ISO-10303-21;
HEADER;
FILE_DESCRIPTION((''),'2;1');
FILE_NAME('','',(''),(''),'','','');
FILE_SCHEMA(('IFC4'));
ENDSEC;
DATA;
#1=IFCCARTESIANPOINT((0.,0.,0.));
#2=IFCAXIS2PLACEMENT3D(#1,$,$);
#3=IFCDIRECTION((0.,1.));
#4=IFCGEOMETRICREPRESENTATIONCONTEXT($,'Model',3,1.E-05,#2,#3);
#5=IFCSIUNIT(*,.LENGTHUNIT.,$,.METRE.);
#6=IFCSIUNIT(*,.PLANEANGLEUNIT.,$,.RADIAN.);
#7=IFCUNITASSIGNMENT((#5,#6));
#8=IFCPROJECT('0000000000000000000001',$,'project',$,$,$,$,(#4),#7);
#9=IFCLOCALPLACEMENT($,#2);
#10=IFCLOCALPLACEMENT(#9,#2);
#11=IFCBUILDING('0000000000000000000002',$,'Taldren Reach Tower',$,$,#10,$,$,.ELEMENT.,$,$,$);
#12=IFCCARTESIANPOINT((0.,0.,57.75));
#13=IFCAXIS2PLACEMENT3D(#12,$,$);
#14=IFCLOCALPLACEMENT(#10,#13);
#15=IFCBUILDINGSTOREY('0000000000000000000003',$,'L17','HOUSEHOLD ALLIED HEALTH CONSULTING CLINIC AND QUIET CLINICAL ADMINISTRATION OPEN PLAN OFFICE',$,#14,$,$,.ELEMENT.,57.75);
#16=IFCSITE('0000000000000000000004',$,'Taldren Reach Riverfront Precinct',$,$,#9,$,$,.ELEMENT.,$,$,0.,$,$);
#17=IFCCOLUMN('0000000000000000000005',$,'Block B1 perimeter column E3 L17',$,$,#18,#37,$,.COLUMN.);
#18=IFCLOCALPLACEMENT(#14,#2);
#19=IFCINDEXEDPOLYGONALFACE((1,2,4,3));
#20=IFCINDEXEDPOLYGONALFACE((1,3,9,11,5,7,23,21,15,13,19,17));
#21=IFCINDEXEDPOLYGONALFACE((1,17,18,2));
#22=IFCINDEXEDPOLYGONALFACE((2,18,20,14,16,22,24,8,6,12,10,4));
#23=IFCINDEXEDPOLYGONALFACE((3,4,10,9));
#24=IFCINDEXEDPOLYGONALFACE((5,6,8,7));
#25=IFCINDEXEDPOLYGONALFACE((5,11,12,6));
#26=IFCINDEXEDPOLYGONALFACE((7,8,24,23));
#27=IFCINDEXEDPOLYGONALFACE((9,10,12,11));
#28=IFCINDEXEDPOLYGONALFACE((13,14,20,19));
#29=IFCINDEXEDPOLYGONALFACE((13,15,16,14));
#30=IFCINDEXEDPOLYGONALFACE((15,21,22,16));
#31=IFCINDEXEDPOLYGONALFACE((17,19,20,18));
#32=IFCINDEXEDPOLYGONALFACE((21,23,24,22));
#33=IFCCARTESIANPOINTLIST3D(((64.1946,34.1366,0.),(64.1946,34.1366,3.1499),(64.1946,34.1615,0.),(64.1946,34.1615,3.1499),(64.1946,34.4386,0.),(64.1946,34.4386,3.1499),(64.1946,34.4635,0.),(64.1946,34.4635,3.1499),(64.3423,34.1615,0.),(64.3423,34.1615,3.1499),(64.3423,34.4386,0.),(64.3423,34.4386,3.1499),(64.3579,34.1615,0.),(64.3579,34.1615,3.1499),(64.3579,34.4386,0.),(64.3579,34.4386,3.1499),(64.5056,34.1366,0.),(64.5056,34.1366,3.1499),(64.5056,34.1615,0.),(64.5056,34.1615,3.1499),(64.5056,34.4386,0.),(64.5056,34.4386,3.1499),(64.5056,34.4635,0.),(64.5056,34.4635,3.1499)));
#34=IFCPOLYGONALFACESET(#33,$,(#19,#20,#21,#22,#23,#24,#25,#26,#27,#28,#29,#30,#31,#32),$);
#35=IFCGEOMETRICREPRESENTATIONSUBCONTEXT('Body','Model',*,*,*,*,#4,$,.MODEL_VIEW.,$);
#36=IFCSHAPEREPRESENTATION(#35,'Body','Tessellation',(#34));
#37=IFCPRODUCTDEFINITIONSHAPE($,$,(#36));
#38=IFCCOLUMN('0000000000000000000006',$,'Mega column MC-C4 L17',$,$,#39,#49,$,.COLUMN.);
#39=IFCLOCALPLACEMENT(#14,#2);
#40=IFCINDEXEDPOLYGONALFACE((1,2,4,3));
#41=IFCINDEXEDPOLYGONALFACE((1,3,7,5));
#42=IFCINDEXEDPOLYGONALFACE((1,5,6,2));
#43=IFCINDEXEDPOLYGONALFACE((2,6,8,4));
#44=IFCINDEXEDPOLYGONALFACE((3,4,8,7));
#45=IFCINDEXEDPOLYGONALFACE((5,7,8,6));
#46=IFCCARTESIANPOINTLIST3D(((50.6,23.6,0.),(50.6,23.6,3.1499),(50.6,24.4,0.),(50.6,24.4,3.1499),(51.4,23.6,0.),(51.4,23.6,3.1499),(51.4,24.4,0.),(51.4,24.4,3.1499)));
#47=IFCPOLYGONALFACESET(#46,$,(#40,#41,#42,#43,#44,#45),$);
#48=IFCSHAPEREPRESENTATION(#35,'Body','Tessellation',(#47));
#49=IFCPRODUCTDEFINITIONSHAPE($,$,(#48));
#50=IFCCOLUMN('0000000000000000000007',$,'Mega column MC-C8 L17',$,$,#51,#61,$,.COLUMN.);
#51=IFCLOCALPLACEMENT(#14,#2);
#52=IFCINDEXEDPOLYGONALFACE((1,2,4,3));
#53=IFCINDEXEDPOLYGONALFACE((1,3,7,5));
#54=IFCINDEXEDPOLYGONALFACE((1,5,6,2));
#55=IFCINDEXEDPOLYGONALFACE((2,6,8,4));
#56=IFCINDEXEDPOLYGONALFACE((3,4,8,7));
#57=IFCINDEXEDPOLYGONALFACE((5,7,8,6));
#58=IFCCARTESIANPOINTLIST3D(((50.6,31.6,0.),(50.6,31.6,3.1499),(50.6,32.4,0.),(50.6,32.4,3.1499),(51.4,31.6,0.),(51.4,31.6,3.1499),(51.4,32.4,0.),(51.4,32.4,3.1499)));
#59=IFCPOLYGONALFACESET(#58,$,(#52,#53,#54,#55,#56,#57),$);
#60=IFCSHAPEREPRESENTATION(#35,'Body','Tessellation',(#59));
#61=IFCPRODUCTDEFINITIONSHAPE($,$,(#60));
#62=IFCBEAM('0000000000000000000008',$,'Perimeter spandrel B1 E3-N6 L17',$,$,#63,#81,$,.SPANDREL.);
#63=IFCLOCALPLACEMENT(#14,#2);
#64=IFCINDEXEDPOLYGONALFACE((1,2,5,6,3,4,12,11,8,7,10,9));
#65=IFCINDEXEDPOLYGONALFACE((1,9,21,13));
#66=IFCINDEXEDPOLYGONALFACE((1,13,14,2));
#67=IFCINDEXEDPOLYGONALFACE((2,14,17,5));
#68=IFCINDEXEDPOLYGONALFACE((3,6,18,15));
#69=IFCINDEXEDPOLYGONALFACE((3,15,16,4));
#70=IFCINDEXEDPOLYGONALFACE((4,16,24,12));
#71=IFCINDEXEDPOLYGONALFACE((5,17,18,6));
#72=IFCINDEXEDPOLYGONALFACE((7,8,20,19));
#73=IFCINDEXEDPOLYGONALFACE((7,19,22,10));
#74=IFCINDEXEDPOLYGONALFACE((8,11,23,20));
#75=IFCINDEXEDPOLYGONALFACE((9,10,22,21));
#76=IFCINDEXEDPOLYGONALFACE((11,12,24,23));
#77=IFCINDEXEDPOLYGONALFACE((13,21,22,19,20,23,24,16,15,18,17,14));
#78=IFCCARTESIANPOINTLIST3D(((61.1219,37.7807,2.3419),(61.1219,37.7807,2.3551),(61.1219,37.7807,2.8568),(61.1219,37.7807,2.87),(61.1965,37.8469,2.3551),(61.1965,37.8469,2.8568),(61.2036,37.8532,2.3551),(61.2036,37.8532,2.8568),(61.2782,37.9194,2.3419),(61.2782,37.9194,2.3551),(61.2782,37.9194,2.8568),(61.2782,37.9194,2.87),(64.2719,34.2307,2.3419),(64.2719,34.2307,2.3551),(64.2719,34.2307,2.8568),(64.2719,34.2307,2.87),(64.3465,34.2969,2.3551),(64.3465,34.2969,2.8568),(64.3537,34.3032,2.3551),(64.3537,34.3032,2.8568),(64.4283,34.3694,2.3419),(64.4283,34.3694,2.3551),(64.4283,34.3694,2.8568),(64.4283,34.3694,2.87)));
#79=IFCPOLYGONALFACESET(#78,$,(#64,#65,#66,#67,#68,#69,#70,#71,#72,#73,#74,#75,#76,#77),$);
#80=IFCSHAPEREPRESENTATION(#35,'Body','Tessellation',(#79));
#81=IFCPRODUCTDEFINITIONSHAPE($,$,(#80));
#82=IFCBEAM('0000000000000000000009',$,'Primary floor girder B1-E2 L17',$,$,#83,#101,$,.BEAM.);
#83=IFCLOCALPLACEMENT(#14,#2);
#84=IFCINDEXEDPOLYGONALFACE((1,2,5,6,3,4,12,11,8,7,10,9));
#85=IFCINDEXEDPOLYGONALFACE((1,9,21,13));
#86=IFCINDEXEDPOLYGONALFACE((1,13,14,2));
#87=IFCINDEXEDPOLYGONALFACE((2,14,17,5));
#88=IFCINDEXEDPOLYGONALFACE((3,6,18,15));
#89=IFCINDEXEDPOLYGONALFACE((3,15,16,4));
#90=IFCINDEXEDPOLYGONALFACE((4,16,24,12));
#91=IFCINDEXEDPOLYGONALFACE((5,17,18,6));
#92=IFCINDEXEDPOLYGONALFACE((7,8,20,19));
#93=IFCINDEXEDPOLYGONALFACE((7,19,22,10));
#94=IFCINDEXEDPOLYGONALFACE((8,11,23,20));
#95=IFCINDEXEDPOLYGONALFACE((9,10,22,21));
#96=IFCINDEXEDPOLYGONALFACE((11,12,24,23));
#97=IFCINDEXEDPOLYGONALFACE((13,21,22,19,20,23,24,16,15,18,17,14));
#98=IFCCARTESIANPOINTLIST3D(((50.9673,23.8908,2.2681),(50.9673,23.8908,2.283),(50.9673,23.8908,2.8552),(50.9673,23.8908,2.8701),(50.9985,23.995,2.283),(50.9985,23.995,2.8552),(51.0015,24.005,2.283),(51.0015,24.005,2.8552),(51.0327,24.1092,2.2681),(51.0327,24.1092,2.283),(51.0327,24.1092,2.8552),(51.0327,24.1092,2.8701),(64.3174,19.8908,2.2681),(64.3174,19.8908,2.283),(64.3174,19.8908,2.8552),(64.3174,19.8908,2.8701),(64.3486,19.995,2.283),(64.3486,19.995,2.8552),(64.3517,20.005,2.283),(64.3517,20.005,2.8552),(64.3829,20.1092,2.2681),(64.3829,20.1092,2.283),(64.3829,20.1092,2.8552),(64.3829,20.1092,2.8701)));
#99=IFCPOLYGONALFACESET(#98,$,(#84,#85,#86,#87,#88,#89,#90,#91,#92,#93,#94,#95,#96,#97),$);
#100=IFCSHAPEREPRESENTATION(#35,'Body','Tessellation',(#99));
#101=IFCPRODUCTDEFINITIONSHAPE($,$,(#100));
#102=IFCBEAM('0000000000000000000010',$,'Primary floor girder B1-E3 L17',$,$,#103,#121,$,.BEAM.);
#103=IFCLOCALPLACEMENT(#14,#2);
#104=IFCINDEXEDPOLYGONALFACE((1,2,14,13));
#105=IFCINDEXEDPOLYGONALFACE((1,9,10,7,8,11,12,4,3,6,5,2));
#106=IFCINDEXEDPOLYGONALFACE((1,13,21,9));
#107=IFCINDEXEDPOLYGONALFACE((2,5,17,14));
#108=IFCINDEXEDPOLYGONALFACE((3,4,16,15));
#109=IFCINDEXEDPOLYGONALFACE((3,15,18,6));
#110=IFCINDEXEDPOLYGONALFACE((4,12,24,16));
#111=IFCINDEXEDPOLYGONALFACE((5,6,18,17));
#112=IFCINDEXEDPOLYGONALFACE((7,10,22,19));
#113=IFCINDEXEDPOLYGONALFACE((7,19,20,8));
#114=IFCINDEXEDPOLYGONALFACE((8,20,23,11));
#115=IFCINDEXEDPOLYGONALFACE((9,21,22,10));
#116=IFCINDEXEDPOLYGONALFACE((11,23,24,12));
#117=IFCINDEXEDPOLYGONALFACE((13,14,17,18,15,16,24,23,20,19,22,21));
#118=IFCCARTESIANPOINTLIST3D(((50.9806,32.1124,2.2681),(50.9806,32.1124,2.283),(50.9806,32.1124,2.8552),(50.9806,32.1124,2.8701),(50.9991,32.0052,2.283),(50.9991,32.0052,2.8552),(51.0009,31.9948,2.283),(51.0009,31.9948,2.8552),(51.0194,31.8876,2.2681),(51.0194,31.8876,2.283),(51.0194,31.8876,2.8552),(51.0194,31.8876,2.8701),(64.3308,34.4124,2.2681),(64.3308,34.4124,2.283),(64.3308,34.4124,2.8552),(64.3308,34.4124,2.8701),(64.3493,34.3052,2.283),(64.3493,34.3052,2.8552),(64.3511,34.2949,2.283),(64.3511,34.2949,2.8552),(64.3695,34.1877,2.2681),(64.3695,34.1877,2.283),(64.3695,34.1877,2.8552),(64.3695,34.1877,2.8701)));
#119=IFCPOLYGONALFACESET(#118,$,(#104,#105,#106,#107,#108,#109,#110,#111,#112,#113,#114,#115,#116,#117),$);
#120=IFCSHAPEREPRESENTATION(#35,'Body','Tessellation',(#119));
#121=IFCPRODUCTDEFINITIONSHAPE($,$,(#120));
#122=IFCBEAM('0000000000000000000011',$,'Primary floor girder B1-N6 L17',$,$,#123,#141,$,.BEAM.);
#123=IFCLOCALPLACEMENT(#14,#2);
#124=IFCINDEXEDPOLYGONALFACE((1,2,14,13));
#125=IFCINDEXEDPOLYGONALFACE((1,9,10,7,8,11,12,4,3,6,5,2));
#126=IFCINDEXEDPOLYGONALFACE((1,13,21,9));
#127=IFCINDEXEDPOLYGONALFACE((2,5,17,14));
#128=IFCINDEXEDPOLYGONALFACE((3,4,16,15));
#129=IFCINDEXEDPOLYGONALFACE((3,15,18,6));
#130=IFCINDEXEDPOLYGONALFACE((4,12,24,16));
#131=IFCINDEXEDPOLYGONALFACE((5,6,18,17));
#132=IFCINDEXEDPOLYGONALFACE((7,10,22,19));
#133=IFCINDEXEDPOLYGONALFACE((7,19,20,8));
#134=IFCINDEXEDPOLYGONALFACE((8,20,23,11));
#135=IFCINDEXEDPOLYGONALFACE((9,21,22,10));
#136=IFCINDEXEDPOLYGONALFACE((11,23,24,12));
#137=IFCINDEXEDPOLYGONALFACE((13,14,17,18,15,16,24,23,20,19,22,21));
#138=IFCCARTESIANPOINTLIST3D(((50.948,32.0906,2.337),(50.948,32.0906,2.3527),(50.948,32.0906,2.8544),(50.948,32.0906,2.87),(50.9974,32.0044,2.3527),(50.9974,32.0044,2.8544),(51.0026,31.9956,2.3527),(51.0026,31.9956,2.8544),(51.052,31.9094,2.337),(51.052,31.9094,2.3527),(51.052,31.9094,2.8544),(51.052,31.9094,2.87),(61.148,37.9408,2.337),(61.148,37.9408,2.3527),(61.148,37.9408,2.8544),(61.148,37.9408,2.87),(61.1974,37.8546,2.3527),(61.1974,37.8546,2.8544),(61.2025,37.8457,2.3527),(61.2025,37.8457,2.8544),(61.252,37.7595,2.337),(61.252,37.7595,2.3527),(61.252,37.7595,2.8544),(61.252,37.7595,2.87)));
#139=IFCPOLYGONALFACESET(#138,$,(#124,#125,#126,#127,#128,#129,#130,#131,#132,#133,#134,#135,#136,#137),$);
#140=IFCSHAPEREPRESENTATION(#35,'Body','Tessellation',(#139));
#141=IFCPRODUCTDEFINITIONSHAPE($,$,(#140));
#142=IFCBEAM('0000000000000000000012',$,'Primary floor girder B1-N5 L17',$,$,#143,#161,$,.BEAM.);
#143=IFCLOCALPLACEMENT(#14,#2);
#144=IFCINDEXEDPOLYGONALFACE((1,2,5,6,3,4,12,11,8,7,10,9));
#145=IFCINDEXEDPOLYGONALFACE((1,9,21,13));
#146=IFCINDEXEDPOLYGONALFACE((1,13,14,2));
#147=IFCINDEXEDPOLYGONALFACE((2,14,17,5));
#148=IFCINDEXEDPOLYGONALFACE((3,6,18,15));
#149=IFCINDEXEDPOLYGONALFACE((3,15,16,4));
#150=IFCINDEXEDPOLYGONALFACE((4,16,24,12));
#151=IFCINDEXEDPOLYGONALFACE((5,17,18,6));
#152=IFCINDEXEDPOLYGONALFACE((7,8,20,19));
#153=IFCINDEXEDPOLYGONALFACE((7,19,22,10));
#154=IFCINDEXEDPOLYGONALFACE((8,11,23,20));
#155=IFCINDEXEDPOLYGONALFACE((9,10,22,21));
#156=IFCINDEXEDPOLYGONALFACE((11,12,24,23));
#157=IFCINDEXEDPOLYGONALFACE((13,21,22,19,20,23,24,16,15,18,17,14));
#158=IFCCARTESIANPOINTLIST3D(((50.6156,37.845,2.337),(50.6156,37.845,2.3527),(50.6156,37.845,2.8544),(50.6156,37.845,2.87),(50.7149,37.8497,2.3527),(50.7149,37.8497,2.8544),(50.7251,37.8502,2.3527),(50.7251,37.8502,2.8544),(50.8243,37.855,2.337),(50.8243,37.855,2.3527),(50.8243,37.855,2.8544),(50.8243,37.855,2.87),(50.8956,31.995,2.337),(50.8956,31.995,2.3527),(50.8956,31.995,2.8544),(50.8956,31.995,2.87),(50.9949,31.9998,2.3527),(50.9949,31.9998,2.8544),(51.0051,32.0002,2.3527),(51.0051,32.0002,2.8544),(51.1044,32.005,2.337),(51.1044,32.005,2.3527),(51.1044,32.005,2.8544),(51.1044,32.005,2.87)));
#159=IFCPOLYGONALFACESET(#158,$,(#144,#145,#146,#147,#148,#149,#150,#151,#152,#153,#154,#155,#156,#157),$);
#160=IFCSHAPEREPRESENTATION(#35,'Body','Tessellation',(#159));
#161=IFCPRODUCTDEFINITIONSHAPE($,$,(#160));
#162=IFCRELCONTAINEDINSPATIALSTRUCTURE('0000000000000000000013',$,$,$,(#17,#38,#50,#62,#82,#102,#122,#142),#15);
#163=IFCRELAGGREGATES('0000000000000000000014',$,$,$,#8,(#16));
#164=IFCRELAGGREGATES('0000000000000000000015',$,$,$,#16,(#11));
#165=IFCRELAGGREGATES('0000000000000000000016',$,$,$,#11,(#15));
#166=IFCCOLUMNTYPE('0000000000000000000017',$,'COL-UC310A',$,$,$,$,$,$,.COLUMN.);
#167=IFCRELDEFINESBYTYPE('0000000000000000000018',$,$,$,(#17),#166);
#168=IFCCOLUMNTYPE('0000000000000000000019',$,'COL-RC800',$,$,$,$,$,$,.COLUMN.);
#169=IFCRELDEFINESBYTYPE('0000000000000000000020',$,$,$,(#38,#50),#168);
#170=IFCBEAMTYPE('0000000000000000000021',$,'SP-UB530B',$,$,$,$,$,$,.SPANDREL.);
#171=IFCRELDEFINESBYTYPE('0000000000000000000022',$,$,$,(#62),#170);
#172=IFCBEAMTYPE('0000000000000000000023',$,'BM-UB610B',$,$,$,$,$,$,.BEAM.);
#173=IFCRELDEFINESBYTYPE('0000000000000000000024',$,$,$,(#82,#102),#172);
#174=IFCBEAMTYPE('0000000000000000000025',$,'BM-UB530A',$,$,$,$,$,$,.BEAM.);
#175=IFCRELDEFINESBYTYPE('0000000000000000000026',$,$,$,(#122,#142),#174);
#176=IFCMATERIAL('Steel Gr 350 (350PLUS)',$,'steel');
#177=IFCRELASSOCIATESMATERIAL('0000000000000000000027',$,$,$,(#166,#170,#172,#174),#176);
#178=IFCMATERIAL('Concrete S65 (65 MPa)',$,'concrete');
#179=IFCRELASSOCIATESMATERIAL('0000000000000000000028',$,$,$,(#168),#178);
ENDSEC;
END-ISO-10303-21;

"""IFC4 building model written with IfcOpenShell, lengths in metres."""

from ifc_helpers import new_model, si_unit, direction, frame, origin, origin_2d, place, context, subcontext, project, spatial, rectangle, i_section, extrude, source, transform, mapped, material, material_profile, profile_set, type_object, element, save


model = new_model("IFC4")

# Units and contexts
model_context = context("Model", 3, precision=1e-05, world=origin(), true_north=direction((0.0, 1.0)))
body_context = subcontext(model_context, "Body", "Model", "MODEL_VIEW")
ifc_project = project(units=[si_unit("LENGTHUNIT", "METRE"), si_unit("PLANEANGLEUNIT", "RADIAN")], contexts=[model_context])

# Site, building, storey
site_placement = place(None, origin())
site = spatial("IfcSite", under=ifc_project, at=site_placement, Name="Taldren Reach Riverfront Precinct", CompositionType="ELEMENT", RefElevation=0.0)
building_placement = place(site_placement, origin())
building = spatial("IfcBuilding", under=site, at=building_placement, Name="Taldren Reach Tower", CompositionType="ELEMENT")
storey_placement = place(building_placement, frame((0.0, 0.0, 57.75)))
storey = spatial("IfcBuildingStorey", under=building, at=storey_placement, Name="L17", Description="HOUSEHOLD ALLIED HEALTH CONSULTING CLINIC AND QUIET CLINICAL ADMINISTRATION OPEN PLAN OFFICE", CompositionType="ELEMENT", Elevation=57.75)

# Columns
ifc_material_1 = material(Name="Steel Gr 350 (350PLUS)", Category="steel")
ifc_material_profile_1 = material_profile(ifc_material_1, i_section(OverallWidth=0.311, OverallDepth=0.3269, WebThickness=0.0156, FlangeThickness=0.0249, at=origin_2d()), Name="310UC158")
ifc_profile_set_1 = profile_set([ifc_material_profile_1], Name="Steel Gr 350 (350PLUS)")
column_type_1 = type_object("IfcColumnType", Name="COL-UC310A", PredefinedType="COLUMN", material=ifc_profile_set_1)
shared_shape_1 = source(origin(), body_context, "Body", "SweptSolid", [
    extrude(i_section(OverallWidth=0.311, OverallDepth=0.3269, WebThickness=0.0156, FlangeThickness=0.0249, at=origin_2d()), origin(), (0.0, 0.0, 1.0), 3.1499),
])
column_placement = place(storey_placement, frame((64.3501, 34.3, 0.0), z_axis=(0.0, 0.0, 1.0), x_axis=(1.0, 0.0, 0.0)))
element("IfcColumn", 1, at=column_placement, inside=storey, type_object=column_type_1, Name="Block B1 perimeter column E3 L17", PredefinedType="COLUMN", context=body_context, shape_type="MappedRepresentation", body=[
    mapped(shared_shape_1, transform((0.0, 0.0, 0.0), scale=1.0)),
])
ifc_material_2 = material(Name="Concrete S65 (65 MPa)", Category="concrete")
ifc_material_profile_2 = material_profile(ifc_material_2, rectangle(XDim=0.8, YDim=0.8, at=origin_2d()), Name="RC-800x800")
ifc_profile_set_2 = profile_set([ifc_material_profile_2], Name="Concrete S65 (65 MPa)")
column_type_2 = type_object("IfcColumnType", Name="COL-RC800", PredefinedType="COLUMN", material=ifc_profile_set_2)
shared_shape_2 = source(origin(), body_context, "Body", "SweptSolid", [
    extrude(rectangle(XDim=0.8, YDim=0.8, at=origin_2d()), origin(), (0.0, 0.0, 1.0), 3.1499),
])
for number, where, z_axis, x_axis, name in (
    (2, (51.0, 24.0, 0.0), (0.0, 0.0, 1.0), (1.0, 0.0, 0.0), "Mega column MC-C4 L17"),
    (3, (51.0, 32.0, 0.0), (0.0, 0.0, 1.0), (1.0, 0.0, 0.0), "Mega column MC-C8 L17"),
):
    element("IfcColumn", number, at=place(storey_placement, frame(where, z_axis=z_axis, x_axis=x_axis)), inside=storey, type_object=column_type_2, Name=name, PredefinedType="COLUMN", context=body_context, shape_type="MappedRepresentation", body=[
        mapped(shared_shape_2, transform((0.0, 0.0, 0.0), scale=1.0)),
    ])

# Beams
ifc_material_profile_3 = material_profile(ifc_material_1, i_section(OverallWidth=0.209, OverallDepth=0.5281, WebThickness=0.0095, FlangeThickness=0.0132, at=origin_2d()), Name="530UB82.0")
ifc_profile_set_3 = profile_set([ifc_material_profile_3], Name="Steel Gr 350 (350PLUS)")
beam_type_1 = type_object("IfcBeamType", Name="SP-UB530B", PredefinedType="SPANDREL", material=ifc_profile_set_3)
shared_shape_3 = source(origin(), body_context, "Body", "SweptSolid", [
    extrude(i_section(OverallWidth=0.209, OverallDepth=0.5281, WebThickness=0.0095, FlangeThickness=0.0132, at=origin_2d()), origin(), (0.0, 0.0, 1.0), 4.7461),
])
beam_1_placement = place(storey_placement, frame((64.3501, 34.3, 2.606), z_axis=(-0.663722, 0.747979, 0.0), x_axis=(-0.747979, -0.663722, 0.0)))
element("IfcBeam", 4, at=beam_1_placement, inside=storey, type_object=beam_type_1, Name="Perimeter spandrel B1 E3-N6 L17", PredefinedType="SPANDREL", context=body_context, shape_type="MappedRepresentation", body=[
    mapped(shared_shape_3, transform((0.0, 0.0, 0.0), scale=1.0)),
])
ifc_material_profile_4 = material_profile(ifc_material_1, i_section(OverallWidth=0.228, OverallDepth=0.6021, WebThickness=0.0105, FlangeThickness=0.0149, at=origin_2d()), Name="610UB101")
ifc_profile_set_4 = profile_set([ifc_material_profile_4], Name="Steel Gr 350 (350PLUS)")
beam_type_2 = type_object("IfcBeamType", Name="BM-UB610B", PredefinedType="BEAM", material=ifc_profile_set_4)
shared_shape_4 = source(origin(), body_context, "Body", "SweptSolid", [
    extrude(i_section(OverallWidth=0.228, OverallDepth=0.6021, WebThickness=0.0105, FlangeThickness=0.0149, at=origin_2d()), origin(), (0.0, 0.0, 1.0), 13.9365),
])
beam_2_placement = place(storey_placement, frame((51.0, 24.0, 2.5691), z_axis=(0.957926, -0.287017, 0.0), x_axis=(0.287017, 0.957926, 0.0)))
element("IfcBeam", 5, at=beam_2_placement, inside=storey, type_object=beam_type_2, Name="Primary floor girder B1-E2 L17", PredefinedType="BEAM", context=body_context, shape_type="MappedRepresentation", body=[
    mapped(shared_shape_4, transform((0.0, 0.0, 0.0), scale=1.0)),
])
shared_shape_5 = source(origin(), body_context, "Body", "SweptSolid", [
    extrude(i_section(OverallWidth=0.228, OverallDepth=0.6021, WebThickness=0.0105, FlangeThickness=0.0149, at=origin_2d()), origin(), (0.0, 0.0, 1.0), 13.5469),
])
beam_3_placement = place(storey_placement, frame((51.0, 32.0, 2.5691), z_axis=(0.985481, 0.169786, 0.0), x_axis=(-0.169786, 0.985481, 0.0)))
element("IfcBeam", 6, at=beam_3_placement, inside=storey, type_object=beam_type_2, Name="Primary floor girder B1-E3 L17", PredefinedType="BEAM", context=body_context, shape_type="MappedRepresentation", body=[
    mapped(shared_shape_5, transform((0.0, 0.0, 0.0), scale=1.0)),
])
ifc_material_profile_5 = material_profile(ifc_material_1, i_section(OverallWidth=0.209, OverallDepth=0.533, WebThickness=0.0103, FlangeThickness=0.0156, at=origin_2d()), Name="530UB92.4")
ifc_profile_set_5 = profile_set([ifc_material_profile_5], Name="Steel Gr 350 (350PLUS)")
beam_type_3 = type_object("IfcBeamType", Name="BM-UB530A", PredefinedType="BEAM", material=ifc_profile_set_5)
shared_shape_6 = source(origin(), body_context, "Body", "SweptSolid", [
    extrude(i_section(OverallWidth=0.209, OverallDepth=0.533, WebThickness=0.0103, FlangeThickness=0.0156, at=origin_2d()), origin(), (0.0, 0.0, 1.0), 11.7585),
])
beam_4_placement = place(storey_placement, frame((51.0, 32.0, 2.6035), z_axis=(0.867452, 0.49752, 0.0), x_axis=(-0.49752, 0.867452, 0.0)))
element("IfcBeam", 7, at=beam_4_placement, inside=storey, type_object=beam_type_3, Name="Primary floor girder B1-N6 L17", PredefinedType="BEAM", context=body_context, shape_type="MappedRepresentation", body=[
    mapped(shared_shape_6, transform((0.0, 0.0, 0.0), scale=1.0)),
])
shared_shape_7 = source(origin(), body_context, "Body", "SweptSolid", [
    extrude(i_section(OverallWidth=0.209, OverallDepth=0.533, WebThickness=0.0103, FlangeThickness=0.0156, at=origin_2d()), origin(), (0.0, 0.0, 1.0), 5.8567),
])
beam_5_placement = place(storey_placement, frame((51.0, 32.0, 2.6035), z_axis=(-0.047813, 0.998856, 0.0), x_axis=(-0.998856, -0.047813, 0.0)))
element("IfcBeam", 8, at=beam_5_placement, inside=storey, type_object=beam_type_3, Name="Primary floor girder B1-N5 L17", PredefinedType="BEAM", context=body_context, shape_type="MappedRepresentation", body=[
    mapped(shared_shape_7, transform((0.0, 0.0, 0.0), scale=1.0)),
])

save(model, "model.ifc")
